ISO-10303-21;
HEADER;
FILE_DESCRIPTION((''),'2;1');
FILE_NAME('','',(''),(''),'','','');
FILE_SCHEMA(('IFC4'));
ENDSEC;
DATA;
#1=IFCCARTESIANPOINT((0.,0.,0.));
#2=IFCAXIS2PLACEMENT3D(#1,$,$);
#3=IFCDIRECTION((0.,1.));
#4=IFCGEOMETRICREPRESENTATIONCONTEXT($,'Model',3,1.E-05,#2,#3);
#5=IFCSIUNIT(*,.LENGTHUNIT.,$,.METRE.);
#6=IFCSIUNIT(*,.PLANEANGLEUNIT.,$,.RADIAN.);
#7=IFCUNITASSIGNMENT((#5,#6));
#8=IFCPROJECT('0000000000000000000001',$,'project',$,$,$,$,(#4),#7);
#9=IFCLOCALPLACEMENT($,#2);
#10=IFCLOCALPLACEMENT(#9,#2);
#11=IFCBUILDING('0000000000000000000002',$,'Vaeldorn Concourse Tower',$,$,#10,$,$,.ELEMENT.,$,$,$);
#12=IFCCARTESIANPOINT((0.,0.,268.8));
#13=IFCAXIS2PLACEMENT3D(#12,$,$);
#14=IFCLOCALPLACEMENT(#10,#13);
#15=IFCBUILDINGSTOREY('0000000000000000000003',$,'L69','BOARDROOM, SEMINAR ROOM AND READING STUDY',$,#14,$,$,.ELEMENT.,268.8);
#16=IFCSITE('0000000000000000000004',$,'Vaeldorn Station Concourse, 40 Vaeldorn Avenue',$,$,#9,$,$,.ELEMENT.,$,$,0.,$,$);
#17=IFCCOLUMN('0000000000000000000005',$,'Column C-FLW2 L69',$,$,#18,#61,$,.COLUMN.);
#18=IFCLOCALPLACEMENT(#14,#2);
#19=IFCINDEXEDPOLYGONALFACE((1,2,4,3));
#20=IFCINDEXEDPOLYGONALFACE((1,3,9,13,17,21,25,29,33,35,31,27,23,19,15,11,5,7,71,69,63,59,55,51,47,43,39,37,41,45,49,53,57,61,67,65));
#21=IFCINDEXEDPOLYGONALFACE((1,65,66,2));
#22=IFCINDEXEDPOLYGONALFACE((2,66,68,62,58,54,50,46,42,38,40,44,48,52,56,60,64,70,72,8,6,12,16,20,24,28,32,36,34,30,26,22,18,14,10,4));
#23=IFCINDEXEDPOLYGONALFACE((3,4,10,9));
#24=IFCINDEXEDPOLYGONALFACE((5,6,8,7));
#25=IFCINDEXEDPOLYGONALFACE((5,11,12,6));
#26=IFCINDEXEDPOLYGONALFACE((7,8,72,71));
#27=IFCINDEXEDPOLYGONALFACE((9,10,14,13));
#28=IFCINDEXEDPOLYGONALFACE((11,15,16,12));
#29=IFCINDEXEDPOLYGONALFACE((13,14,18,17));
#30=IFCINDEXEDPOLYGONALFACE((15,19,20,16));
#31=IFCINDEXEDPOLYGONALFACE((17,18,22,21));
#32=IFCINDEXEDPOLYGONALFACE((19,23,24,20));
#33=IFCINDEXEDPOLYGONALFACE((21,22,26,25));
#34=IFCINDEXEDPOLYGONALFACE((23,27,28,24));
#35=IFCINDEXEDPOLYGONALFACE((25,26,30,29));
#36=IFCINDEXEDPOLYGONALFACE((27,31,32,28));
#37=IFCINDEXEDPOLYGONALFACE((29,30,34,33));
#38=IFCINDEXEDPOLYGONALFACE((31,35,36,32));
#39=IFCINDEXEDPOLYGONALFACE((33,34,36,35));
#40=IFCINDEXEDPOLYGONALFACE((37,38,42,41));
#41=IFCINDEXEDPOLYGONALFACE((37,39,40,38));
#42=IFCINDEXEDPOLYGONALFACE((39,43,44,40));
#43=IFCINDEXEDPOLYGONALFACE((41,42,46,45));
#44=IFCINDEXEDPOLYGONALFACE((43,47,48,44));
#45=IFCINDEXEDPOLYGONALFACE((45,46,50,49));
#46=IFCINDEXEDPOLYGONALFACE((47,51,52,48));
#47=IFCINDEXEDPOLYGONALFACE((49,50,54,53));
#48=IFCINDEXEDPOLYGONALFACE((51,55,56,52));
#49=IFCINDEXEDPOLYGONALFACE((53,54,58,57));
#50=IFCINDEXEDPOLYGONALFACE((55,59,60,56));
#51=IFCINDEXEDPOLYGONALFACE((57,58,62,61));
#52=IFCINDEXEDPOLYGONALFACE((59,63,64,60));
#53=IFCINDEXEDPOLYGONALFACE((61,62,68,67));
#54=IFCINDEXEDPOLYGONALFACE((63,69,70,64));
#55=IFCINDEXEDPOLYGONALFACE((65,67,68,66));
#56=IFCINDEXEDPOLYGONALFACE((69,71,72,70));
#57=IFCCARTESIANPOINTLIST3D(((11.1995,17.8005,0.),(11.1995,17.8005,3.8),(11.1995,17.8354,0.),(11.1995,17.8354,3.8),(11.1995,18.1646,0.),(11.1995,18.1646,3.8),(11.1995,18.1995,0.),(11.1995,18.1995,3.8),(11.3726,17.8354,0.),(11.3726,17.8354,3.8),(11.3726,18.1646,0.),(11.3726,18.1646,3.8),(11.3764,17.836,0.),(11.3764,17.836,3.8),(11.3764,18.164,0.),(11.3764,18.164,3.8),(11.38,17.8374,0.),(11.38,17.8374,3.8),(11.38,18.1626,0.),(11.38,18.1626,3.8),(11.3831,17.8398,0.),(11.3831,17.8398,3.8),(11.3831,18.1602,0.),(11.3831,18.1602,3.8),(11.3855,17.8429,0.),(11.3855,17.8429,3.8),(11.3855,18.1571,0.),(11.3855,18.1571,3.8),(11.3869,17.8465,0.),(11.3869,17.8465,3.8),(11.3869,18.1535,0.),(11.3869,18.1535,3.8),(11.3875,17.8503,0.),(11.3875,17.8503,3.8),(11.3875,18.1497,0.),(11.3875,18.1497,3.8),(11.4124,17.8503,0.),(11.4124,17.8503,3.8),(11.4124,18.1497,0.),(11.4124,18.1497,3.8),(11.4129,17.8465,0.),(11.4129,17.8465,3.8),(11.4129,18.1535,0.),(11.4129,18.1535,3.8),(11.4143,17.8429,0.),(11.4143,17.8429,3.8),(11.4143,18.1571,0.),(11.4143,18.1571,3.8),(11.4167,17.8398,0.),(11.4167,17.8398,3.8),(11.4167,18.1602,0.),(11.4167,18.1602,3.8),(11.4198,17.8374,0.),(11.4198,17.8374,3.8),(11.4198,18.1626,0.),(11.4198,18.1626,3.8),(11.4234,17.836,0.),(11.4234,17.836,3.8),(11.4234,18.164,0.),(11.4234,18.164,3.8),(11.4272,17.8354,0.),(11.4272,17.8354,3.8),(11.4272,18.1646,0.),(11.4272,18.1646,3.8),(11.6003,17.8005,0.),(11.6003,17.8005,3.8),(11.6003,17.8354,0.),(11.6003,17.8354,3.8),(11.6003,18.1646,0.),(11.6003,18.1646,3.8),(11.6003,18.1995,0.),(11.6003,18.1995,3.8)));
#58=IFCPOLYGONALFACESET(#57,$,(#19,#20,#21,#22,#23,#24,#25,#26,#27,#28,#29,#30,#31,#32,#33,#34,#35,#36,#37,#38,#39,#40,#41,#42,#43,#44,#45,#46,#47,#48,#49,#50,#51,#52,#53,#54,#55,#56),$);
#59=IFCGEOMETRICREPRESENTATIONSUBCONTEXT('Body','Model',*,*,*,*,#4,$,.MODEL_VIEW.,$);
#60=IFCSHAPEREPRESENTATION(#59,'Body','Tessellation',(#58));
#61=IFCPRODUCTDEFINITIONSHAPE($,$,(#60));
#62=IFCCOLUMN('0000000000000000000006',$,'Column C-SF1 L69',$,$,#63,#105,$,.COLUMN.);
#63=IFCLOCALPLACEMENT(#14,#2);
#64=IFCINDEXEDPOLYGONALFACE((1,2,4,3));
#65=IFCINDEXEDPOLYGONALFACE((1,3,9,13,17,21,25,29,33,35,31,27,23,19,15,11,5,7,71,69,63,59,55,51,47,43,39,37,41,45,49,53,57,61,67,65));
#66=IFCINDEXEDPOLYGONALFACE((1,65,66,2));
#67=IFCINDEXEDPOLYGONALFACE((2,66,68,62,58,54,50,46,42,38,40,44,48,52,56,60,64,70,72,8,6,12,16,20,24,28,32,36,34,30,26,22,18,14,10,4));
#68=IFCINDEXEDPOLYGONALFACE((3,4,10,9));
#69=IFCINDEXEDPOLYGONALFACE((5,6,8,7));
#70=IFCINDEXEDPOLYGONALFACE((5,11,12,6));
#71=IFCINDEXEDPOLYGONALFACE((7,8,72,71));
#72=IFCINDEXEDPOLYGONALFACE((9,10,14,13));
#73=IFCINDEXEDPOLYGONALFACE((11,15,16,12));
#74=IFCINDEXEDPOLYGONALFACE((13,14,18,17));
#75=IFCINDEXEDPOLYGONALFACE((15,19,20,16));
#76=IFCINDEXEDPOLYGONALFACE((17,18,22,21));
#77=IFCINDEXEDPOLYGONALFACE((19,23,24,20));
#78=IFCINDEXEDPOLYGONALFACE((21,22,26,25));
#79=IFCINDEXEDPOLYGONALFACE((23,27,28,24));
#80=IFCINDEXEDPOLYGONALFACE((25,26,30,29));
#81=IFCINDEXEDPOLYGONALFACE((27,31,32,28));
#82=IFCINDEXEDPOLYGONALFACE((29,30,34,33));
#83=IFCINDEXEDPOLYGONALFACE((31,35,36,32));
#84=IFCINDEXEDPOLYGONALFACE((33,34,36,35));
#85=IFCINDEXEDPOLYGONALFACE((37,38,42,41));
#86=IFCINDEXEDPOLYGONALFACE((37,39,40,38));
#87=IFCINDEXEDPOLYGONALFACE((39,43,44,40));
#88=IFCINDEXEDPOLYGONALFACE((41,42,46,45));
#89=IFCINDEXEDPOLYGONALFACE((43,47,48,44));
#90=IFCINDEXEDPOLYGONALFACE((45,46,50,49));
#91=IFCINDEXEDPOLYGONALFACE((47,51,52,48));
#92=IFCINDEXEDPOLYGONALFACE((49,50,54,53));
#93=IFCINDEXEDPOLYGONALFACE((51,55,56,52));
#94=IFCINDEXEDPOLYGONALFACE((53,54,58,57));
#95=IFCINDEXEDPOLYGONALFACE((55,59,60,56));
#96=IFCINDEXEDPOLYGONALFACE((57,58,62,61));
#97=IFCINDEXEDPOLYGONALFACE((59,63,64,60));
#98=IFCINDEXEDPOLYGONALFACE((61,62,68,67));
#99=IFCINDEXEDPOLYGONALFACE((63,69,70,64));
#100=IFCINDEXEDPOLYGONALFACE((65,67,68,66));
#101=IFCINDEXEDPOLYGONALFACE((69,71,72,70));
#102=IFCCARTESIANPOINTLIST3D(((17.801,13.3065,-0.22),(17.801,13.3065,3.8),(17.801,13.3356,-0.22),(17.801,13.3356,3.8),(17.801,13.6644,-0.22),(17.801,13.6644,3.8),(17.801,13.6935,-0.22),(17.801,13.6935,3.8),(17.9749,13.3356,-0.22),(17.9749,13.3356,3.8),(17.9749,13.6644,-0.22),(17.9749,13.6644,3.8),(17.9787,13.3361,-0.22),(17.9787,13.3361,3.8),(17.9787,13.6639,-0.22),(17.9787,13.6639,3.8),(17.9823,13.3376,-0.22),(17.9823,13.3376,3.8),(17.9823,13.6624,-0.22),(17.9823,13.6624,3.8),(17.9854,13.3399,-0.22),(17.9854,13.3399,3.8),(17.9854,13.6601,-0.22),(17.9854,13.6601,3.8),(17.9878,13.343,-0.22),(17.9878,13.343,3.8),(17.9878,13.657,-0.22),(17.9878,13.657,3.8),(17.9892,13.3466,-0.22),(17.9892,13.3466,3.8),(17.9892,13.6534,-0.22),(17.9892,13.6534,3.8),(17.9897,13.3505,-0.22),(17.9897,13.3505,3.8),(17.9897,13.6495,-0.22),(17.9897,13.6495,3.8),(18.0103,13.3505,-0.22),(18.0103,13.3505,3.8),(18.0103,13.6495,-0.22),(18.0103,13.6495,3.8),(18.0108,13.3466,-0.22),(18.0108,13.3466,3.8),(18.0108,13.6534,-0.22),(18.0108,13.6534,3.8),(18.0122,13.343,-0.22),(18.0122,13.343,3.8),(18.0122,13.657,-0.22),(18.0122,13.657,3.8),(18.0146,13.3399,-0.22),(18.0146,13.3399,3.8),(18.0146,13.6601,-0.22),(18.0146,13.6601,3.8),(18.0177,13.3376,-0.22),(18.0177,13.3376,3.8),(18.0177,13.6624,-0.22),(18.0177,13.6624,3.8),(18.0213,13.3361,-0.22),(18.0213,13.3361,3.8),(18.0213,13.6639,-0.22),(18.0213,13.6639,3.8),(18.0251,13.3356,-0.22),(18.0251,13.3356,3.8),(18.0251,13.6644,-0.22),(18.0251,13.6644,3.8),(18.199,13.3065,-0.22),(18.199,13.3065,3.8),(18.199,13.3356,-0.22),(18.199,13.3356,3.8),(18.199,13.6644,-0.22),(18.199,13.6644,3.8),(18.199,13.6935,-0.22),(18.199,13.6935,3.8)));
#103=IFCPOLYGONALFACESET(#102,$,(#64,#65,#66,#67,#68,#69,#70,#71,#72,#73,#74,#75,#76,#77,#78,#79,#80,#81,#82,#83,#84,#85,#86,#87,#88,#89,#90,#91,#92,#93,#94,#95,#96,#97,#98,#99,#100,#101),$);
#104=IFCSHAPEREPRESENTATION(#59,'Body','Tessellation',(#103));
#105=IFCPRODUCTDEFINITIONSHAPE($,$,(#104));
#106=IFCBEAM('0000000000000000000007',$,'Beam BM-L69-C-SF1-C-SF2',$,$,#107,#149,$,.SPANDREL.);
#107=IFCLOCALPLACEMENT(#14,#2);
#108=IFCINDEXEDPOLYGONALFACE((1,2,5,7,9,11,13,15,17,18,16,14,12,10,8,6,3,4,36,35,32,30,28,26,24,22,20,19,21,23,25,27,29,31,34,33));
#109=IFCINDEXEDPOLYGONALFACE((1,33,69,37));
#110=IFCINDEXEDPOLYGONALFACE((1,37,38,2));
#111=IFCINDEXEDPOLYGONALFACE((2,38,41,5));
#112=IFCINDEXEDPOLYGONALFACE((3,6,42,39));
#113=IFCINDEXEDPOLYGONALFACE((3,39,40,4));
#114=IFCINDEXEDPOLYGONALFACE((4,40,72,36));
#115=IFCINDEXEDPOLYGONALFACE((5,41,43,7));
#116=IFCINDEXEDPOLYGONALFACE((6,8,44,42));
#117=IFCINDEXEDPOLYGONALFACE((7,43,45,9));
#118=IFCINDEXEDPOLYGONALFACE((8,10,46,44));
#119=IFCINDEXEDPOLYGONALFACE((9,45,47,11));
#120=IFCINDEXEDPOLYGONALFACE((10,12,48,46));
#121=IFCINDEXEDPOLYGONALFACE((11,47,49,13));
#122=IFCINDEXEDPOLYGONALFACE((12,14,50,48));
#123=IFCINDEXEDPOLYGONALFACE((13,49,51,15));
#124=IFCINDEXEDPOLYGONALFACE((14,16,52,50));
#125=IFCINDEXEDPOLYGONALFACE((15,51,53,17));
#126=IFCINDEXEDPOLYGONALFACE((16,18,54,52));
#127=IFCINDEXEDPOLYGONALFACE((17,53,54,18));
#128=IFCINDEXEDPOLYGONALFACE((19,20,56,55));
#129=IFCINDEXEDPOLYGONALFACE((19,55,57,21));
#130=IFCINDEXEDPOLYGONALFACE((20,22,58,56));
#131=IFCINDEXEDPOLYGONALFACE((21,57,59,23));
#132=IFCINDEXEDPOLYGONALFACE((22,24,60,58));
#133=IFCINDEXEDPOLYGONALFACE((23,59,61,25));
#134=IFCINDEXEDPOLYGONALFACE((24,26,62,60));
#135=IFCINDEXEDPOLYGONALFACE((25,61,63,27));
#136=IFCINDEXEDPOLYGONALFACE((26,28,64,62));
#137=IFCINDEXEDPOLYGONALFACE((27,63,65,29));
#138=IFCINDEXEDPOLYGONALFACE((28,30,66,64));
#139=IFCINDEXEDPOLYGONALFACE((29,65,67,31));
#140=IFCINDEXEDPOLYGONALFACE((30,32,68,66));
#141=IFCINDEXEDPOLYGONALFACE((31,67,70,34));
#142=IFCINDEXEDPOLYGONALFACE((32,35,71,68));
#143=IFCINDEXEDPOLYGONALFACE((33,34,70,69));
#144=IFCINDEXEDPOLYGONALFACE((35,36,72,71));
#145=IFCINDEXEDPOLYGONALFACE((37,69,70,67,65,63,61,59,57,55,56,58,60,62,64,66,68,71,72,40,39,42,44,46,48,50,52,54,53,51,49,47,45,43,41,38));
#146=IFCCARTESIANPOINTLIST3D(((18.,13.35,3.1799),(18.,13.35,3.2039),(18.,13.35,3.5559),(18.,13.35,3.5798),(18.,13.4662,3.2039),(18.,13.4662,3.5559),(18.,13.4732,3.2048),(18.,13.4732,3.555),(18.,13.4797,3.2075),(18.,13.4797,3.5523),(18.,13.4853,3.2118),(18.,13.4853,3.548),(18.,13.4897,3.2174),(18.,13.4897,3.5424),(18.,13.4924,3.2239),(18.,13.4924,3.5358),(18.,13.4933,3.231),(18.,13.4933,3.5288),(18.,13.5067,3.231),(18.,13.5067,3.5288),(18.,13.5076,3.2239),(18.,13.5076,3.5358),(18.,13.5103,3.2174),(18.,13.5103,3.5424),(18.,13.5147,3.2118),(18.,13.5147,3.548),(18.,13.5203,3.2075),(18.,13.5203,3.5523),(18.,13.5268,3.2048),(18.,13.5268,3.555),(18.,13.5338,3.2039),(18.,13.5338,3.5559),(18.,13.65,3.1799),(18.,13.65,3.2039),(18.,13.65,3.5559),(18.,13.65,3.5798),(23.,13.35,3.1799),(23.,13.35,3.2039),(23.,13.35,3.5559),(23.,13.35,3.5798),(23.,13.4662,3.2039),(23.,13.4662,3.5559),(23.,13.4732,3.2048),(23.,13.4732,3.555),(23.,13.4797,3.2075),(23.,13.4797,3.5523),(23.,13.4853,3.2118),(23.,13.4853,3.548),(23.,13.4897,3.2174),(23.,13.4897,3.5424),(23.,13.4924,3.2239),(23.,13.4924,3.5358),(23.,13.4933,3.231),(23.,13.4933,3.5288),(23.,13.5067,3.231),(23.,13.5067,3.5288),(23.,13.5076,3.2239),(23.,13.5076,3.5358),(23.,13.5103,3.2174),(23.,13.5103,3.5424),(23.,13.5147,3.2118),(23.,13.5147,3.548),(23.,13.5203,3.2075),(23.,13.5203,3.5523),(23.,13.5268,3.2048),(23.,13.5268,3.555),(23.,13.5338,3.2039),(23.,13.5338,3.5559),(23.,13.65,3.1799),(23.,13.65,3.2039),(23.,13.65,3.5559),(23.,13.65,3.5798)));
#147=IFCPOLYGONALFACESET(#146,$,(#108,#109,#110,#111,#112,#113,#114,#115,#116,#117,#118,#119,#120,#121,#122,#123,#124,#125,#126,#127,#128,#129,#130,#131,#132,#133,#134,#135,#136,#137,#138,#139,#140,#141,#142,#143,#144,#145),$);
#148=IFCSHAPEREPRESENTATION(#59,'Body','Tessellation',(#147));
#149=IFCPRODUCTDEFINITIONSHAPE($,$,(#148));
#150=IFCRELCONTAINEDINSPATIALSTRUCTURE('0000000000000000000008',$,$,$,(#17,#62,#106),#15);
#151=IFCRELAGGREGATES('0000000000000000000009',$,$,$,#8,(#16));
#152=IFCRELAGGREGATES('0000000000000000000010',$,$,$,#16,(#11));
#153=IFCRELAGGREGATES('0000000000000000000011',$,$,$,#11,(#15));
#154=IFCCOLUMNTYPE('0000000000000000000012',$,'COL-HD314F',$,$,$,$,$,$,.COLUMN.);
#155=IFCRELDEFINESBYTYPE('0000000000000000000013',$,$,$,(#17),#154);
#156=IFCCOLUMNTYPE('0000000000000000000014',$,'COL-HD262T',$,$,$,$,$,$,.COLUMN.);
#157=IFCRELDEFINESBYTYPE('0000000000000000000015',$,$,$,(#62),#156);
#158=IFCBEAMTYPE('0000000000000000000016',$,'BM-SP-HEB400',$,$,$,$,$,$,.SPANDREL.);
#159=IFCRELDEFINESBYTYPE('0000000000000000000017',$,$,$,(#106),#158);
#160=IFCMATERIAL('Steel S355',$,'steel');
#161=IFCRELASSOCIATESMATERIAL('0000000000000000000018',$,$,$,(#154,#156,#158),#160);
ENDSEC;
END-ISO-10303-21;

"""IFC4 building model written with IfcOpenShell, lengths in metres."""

from ifc_helpers import new_model, si_unit, direction, frame, origin, origin_2d, place, context, subcontext, project, spatial, i_section, extrude, source, transform, mapped, material, material_profile, profile_set, type_object, element, save


model = new_model("IFC4")

# Units and contexts
model_context = context("Model", 3, precision=1e-05, world=origin(), true_north=direction((0.0, 1.0)))
body_context = subcontext(model_context, "Body", "Model", "MODEL_VIEW")
ifc_project = project(units=[si_unit("LENGTHUNIT", "METRE"), si_unit("PLANEANGLEUNIT", "RADIAN")], contexts=[model_context])

# Site, building, storey
site_placement = place(None, origin())
site = spatial("IfcSite", under=ifc_project, at=site_placement, Name="Vaeldorn Station Concourse, 40 Vaeldorn Avenue", CompositionType="ELEMENT", RefElevation=0.0)
building_placement = place(site_placement, origin())
building = spatial("IfcBuilding", under=site, at=building_placement, Name="Vaeldorn Concourse Tower", CompositionType="ELEMENT")
storey_placement = place(building_placement, frame((0.0, 0.0, 268.8)))
storey = spatial("IfcBuildingStorey", under=building, at=storey_placement, Name="L69", Description="BOARDROOM, SEMINAR ROOM AND READING STUDY", CompositionType="ELEMENT", Elevation=268.8)

# Columns
ifc_material_1 = material(Name="Steel S355", Category="steel")
ifc_material_profile_1 = material_profile(ifc_material_1, i_section(OverallWidth=0.4009, OverallDepth=0.3989, WebThickness=0.0249, FlangeThickness=0.0349, FilletRadius=0.0149, at=origin_2d()), Name="HD 400x314")
ifc_profile_set_1 = profile_set([ifc_material_profile_1], Name="Steel S355")
column_type_1 = type_object("IfcColumnType", Name="COL-HD314F", PredefinedType="COLUMN", material=ifc_profile_set_1)
shared_shape_1 = source(origin(), body_context, "Body", "SweptSolid", [
    extrude(i_section(OverallWidth=0.4009, OverallDepth=0.3989, WebThickness=0.0249, FlangeThickness=0.0349, FilletRadius=0.0149, at=origin_2d()), origin(), (0.0, 0.0, 1.0), 3.8),
])
column_1_placement = place(storey_placement, frame((11.3999, 18.0, 0.0), z_axis=(0.0, 0.0, 1.0), x_axis=(1.0, 0.0, 0.0)))
element("IfcColumn", 1, at=column_1_placement, inside=storey, type_object=column_type_1, Name="Column C-FLW2 L69", PredefinedType="COLUMN", context=body_context, shape_type="MappedRepresentation", body=[
    mapped(shared_shape_1, transform((0.0, 0.0, 0.0), scale=1.0)),
])
ifc_material_profile_2 = material_profile(ifc_material_1, i_section(OverallWidth=0.3979, OverallDepth=0.387, WebThickness=0.0205, FlangeThickness=0.0291, FilletRadius=0.0149, at=origin_2d()), Name="HD 400x262")
ifc_profile_set_2 = profile_set([ifc_material_profile_2], Name="Steel S355")
column_type_2 = type_object("IfcColumnType", Name="COL-HD262T", PredefinedType="COLUMN", material=ifc_profile_set_2)
shared_shape_2 = source(origin(), body_context, "Body", "SweptSolid", [
    extrude(i_section(OverallWidth=0.3979, OverallDepth=0.387, WebThickness=0.0205, FlangeThickness=0.0291, FilletRadius=0.0149, at=origin_2d()), origin(), (0.0, 0.0, 1.0), 4.02),
])
column_2_placement = place(storey_placement, frame((18.0, 13.5, -0.22), z_axis=(0.0, 0.0, 1.0), x_axis=(1.0, 0.0, 0.0)))
element("IfcColumn", 2, at=column_2_placement, inside=storey, type_object=column_type_2, Name="Column C-SF1 L69", PredefinedType="COLUMN", context=body_context, shape_type="MappedRepresentation", body=[
    mapped(shared_shape_2, transform((0.0, 0.0, 0.0), scale=1.0)),
])

# Beam
ifc_material_profile_3 = material_profile(ifc_material_1, i_section(OverallWidth=0.3, OverallDepth=0.3999, WebThickness=0.0134, FlangeThickness=0.0239, FilletRadius=0.0271, at=origin_2d()), Name="HEB 400")
ifc_profile_set_3 = profile_set([ifc_material_profile_3], Name="Steel S355")
beam_type_1 = type_object("IfcBeamType", Name="BM-SP-HEB400", PredefinedType="SPANDREL", material=ifc_profile_set_3)
shared_shape_3 = source(origin(), body_context, "Body", "SweptSolid", [
    extrude(i_section(OverallWidth=0.3, OverallDepth=0.3999, WebThickness=0.0134, FlangeThickness=0.0239, FilletRadius=0.0271, at=origin_2d()), origin(), (0.0, 0.0, 1.0), 5.0),
])
beam_1_placement = place(storey_placement, frame((18.0, 13.5, 3.3799), z_axis=(1.0, 0.0, 0.0), x_axis=(0.0, 1.0, 0.0)))
element("IfcBeam", 3, at=beam_1_placement, inside=storey, type_object=beam_type_1, Name="Beam BM-L69-C-SF1-C-SF2", PredefinedType="SPANDREL", context=body_context, shape_type="MappedRepresentation", body=[
    mapped(shared_shape_3, transform((0.0, 0.0, 0.0), scale=1.0)),
])

save(model, "model.ifc")
